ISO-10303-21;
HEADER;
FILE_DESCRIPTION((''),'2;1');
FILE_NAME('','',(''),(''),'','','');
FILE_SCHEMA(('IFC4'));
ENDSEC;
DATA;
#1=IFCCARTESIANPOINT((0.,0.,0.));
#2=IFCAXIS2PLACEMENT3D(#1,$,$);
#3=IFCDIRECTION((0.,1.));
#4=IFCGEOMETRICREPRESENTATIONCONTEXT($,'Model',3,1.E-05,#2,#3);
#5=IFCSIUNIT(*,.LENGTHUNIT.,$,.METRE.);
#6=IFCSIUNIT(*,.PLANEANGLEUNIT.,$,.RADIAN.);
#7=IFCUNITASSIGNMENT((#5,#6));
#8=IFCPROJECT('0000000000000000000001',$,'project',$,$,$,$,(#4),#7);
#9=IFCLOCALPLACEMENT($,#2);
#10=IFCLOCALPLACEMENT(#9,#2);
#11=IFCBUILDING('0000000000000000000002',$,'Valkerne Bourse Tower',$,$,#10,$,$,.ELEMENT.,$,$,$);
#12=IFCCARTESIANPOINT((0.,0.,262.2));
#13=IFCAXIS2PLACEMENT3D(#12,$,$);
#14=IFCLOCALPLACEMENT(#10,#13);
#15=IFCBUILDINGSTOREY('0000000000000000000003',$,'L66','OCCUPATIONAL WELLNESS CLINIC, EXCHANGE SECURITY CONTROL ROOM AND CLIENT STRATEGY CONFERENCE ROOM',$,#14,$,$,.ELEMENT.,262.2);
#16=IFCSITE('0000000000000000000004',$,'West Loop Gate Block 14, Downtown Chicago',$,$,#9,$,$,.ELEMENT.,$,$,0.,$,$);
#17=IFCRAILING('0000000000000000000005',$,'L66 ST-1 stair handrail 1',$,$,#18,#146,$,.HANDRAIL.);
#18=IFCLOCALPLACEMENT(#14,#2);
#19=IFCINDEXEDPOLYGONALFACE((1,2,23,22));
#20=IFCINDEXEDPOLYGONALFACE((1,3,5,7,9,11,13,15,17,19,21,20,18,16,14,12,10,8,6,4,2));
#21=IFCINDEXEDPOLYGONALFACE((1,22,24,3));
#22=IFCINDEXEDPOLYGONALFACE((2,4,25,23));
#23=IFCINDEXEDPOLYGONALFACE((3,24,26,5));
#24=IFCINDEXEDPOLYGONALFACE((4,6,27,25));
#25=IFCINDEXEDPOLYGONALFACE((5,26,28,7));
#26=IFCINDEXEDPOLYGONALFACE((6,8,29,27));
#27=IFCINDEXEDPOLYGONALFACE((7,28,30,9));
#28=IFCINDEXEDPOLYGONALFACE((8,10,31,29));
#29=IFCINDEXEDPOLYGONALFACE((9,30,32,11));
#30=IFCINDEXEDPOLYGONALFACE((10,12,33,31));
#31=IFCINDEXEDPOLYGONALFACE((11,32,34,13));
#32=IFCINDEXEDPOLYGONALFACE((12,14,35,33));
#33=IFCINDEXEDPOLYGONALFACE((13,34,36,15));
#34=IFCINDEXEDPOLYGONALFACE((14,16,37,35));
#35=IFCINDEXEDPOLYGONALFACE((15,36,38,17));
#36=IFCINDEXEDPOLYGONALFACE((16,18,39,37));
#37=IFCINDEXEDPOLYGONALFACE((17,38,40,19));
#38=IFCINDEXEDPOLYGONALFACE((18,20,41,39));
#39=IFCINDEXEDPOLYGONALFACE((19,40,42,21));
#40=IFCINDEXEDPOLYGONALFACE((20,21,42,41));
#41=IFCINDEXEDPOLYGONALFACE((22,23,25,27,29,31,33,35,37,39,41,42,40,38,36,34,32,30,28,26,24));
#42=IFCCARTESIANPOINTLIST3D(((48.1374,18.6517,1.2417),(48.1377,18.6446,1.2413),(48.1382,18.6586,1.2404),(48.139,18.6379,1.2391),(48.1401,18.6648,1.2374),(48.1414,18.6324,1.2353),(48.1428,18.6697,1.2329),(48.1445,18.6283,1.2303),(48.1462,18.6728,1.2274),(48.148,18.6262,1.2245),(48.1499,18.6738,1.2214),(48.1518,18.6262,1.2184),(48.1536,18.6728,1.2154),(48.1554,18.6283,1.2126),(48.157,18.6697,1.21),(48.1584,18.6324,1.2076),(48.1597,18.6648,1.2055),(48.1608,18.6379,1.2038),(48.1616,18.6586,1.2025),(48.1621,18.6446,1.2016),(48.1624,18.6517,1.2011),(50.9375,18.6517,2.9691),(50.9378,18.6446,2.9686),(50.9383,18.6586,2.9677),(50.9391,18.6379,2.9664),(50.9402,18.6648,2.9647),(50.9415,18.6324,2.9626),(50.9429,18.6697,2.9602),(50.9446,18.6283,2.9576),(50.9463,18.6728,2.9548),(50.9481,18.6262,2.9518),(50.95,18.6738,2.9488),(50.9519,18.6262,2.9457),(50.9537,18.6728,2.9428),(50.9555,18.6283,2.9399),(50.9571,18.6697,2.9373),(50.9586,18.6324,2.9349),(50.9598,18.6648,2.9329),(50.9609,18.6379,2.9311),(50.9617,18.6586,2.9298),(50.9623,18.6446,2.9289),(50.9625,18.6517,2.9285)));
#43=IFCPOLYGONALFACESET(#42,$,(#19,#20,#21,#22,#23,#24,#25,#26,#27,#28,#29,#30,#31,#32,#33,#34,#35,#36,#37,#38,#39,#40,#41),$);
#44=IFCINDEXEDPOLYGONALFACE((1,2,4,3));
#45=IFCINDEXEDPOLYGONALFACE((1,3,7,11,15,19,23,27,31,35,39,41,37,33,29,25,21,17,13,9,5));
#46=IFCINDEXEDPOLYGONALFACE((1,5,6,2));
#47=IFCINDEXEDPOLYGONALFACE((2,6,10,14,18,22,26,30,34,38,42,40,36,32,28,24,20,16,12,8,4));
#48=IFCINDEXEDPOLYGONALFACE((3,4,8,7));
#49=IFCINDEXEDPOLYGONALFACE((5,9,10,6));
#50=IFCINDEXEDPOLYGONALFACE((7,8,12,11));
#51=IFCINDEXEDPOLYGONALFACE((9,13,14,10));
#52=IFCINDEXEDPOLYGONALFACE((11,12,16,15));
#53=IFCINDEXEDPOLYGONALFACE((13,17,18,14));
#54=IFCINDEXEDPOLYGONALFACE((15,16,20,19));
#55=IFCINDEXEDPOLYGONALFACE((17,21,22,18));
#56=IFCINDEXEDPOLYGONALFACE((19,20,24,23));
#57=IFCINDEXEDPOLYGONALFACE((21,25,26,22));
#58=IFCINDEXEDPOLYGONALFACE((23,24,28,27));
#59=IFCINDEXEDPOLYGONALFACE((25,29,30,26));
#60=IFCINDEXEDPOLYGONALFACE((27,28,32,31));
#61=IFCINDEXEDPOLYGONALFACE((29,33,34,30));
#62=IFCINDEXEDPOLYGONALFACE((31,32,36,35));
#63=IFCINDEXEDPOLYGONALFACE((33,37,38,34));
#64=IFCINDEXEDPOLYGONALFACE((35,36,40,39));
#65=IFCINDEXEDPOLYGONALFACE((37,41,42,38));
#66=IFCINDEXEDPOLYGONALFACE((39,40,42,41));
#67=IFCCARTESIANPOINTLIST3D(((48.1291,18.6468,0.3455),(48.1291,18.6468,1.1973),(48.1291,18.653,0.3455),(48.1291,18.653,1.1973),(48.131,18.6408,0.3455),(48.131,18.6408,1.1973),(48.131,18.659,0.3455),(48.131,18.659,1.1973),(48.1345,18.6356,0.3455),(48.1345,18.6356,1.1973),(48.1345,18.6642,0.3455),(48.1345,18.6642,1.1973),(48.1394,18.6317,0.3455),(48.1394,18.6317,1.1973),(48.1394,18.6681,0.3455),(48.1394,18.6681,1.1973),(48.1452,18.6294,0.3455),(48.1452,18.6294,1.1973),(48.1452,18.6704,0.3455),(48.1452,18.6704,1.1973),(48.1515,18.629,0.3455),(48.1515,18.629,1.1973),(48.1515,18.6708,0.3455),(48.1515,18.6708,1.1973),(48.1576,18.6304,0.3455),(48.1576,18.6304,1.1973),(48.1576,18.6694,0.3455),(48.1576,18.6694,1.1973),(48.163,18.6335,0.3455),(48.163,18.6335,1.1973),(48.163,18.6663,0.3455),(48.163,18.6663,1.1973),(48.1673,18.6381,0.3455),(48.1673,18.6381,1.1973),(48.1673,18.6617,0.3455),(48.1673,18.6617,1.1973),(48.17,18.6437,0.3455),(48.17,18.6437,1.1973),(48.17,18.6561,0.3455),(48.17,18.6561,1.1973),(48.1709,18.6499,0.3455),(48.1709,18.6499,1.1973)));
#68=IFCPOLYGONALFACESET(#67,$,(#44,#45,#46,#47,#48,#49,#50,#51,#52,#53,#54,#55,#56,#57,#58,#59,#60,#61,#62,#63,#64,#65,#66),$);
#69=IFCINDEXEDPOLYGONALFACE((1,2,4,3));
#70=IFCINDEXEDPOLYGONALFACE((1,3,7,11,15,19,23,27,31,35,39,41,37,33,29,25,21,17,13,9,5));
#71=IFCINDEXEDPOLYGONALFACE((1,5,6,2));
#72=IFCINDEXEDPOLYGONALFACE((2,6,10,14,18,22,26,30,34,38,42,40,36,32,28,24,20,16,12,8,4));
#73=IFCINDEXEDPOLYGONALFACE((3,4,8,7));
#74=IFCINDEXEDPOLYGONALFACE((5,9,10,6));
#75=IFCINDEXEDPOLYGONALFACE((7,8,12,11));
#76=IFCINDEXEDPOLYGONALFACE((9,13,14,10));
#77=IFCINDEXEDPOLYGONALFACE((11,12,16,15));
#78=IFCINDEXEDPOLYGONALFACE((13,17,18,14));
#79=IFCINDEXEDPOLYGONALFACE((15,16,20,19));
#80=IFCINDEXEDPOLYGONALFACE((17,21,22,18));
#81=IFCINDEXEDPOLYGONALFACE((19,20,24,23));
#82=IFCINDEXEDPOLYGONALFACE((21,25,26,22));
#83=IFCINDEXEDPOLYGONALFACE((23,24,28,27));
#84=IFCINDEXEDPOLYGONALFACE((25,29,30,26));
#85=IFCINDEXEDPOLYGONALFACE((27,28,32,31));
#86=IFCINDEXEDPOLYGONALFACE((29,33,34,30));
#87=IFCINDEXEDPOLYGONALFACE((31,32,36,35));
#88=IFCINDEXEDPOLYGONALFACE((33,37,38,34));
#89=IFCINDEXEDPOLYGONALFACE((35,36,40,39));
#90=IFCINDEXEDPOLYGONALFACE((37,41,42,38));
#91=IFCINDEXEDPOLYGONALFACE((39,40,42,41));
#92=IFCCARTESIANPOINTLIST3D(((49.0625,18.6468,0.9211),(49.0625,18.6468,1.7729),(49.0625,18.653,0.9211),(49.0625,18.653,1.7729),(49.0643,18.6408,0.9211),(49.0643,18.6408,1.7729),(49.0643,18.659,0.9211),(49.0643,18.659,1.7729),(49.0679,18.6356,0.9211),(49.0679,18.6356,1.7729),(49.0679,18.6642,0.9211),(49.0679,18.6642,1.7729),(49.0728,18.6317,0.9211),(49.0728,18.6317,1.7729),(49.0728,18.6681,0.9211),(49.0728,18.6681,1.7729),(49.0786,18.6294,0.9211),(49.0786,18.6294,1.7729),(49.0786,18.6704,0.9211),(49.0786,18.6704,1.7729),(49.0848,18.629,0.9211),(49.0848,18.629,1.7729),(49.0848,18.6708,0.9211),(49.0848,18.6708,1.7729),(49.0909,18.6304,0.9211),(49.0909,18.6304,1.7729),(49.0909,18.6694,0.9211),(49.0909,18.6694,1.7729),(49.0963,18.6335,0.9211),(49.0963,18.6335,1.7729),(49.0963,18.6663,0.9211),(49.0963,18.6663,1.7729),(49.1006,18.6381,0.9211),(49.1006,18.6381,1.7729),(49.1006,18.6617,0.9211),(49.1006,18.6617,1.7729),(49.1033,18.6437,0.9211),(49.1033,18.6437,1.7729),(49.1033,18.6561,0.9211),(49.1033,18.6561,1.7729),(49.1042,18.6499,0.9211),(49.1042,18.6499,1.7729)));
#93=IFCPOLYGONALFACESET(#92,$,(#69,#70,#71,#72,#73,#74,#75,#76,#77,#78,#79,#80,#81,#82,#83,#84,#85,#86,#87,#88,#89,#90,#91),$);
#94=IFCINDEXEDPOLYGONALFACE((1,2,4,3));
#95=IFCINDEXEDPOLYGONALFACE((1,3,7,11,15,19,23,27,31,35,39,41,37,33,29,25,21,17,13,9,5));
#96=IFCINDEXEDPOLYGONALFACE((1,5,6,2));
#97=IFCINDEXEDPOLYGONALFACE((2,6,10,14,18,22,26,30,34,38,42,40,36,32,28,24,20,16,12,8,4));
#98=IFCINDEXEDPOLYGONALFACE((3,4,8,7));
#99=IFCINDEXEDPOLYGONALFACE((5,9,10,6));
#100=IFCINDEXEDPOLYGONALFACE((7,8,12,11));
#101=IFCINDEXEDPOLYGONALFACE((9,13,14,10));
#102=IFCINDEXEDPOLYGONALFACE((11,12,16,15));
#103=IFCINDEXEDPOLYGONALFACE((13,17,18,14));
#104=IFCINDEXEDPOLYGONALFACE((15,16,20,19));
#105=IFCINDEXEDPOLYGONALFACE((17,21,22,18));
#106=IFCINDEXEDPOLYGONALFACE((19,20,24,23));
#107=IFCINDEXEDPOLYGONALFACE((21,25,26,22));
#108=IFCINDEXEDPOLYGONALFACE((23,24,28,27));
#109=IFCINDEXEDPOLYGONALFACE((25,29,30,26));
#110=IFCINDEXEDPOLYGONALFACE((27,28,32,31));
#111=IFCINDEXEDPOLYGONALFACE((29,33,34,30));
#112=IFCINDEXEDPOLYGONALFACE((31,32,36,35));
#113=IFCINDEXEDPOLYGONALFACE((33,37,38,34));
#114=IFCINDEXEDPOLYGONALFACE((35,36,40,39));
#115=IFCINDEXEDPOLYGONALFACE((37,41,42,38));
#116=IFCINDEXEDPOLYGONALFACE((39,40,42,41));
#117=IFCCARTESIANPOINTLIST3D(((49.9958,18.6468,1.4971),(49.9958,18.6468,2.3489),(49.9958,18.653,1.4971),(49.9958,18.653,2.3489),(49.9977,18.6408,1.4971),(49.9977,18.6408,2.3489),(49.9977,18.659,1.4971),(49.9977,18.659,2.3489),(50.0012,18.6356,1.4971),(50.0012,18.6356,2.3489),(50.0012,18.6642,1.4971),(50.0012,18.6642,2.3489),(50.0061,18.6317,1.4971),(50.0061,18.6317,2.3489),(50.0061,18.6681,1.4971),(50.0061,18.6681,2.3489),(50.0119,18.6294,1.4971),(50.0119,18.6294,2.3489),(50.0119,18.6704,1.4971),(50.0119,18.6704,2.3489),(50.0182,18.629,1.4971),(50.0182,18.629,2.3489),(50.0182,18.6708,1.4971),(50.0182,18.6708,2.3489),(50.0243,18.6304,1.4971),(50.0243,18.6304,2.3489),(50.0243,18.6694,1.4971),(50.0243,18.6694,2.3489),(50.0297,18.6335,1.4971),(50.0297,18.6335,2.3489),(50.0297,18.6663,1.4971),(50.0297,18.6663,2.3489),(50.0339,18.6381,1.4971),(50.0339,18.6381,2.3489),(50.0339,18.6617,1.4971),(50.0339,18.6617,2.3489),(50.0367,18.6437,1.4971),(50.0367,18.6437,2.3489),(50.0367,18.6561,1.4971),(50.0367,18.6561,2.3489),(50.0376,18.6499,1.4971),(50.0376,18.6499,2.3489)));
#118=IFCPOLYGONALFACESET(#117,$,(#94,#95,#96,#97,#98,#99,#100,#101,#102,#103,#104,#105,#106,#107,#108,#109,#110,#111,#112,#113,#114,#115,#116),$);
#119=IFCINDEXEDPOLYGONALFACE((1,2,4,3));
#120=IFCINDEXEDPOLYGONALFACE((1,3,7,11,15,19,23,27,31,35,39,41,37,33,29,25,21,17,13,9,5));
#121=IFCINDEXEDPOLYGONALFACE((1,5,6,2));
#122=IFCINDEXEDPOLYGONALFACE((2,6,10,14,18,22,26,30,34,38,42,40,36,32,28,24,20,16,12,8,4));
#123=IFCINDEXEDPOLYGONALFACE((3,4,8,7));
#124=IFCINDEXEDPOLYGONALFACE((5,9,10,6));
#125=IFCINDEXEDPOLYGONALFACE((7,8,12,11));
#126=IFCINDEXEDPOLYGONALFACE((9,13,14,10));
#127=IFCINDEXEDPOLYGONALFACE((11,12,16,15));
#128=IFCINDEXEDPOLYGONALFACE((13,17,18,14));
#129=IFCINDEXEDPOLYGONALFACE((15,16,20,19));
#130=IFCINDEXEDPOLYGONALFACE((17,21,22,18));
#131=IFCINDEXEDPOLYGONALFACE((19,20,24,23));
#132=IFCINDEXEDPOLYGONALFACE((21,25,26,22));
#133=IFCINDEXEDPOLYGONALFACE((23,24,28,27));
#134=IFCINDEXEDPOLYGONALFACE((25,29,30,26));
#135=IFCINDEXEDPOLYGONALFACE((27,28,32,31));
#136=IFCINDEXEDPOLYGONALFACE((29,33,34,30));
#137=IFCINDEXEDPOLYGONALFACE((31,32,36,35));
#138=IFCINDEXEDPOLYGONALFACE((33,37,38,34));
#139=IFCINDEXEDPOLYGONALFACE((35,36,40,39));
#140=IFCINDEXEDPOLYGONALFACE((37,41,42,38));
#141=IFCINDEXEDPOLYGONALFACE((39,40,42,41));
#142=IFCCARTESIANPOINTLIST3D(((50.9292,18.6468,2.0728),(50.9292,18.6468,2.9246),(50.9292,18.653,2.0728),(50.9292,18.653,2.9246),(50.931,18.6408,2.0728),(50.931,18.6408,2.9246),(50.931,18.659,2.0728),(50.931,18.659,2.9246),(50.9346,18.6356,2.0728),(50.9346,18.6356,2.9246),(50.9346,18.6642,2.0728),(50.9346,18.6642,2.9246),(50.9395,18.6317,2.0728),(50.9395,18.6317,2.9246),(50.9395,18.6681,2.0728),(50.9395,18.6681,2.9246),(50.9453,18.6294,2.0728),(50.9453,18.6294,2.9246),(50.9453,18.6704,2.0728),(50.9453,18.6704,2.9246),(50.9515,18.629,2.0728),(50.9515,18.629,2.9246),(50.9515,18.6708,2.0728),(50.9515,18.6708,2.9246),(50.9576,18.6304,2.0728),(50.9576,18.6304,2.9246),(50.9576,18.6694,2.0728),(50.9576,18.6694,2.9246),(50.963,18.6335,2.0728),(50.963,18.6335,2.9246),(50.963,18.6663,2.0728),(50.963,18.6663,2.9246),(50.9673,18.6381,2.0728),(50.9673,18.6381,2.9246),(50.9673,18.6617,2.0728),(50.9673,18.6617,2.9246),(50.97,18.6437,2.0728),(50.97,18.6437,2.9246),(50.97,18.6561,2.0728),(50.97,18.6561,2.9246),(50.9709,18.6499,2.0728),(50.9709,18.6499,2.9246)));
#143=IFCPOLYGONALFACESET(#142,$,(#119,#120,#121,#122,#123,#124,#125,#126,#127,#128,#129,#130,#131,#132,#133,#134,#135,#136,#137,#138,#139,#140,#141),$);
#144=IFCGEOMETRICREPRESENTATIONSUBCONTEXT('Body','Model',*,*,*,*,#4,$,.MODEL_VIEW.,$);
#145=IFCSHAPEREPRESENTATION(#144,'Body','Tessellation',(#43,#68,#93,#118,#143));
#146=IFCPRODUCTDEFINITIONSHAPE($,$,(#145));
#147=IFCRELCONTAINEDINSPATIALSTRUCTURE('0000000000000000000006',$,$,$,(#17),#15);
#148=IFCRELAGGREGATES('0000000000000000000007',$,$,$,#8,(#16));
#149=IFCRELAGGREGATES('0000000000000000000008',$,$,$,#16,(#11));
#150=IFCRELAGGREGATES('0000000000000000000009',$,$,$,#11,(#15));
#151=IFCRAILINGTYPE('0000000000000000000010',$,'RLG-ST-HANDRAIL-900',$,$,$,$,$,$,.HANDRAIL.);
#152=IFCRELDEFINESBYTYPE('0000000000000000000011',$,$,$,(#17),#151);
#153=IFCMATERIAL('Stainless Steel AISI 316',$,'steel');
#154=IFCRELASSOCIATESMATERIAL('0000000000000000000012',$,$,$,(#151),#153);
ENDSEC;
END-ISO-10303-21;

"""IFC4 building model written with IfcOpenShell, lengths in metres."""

from ifc_helpers import new_model, si_unit, direction, frame, origin, origin_2d, place, context, subcontext, project, spatial, circle, extrude, material, type_object, element, save


model = new_model("IFC4")

# Units and contexts
model_context = context("Model", 3, precision=1e-05, world=origin(), true_north=direction((0.0, 1.0)))
body_context = subcontext(model_context, "Body", "Model", "MODEL_VIEW")
ifc_project = project(units=[si_unit("LENGTHUNIT", "METRE"), si_unit("PLANEANGLEUNIT", "RADIAN")], contexts=[model_context])

# Site, building, storey
site_placement = place(None, origin())
site = spatial("IfcSite", under=ifc_project, at=site_placement, Name="West Loop Gate Block 14, Downtown Chicago", CompositionType="ELEMENT", RefElevation=0.0)
building_placement = place(site_placement, origin())
building = spatial("IfcBuilding", under=site, at=building_placement, Name="Valkerne Bourse Tower", CompositionType="ELEMENT")
storey_placement = place(building_placement, frame((0.0, 0.0, 262.2)))
storey = spatial("IfcBuildingStorey", under=building, at=storey_placement, Name="L66", Description="OCCUPATIONAL WELLNESS CLINIC, EXCHANGE SECURITY CONTROL ROOM AND CLIENT STRATEGY CONFERENCE ROOM", CompositionType="ELEMENT", Elevation=262.2)

# Railing
ifc_material_1 = material(Name="Stainless Steel AISI 316", Category="steel")
railing_type_1 = type_object("IfcRailingType", Name="RLG-ST-HANDRAIL-900", PredefinedType="HANDRAIL", material=ifc_material_1)
railing_1_placement = place(storey_placement, frame((48.1499, 18.6499, 0.3455)))
element("IfcRailing", 1, at=railing_1_placement, inside=storey, type_object=railing_type_1, Name="L66 ST-1 stair handrail 1", PredefinedType="HANDRAIL", context=body_context, shape_type="SweptSolid", body=[
    extrude(circle(Radius=0.0239, at=origin_2d()), frame((0.0, 0.0, 0.876), z_axis=(0.85109, 0.0, 0.52502), x_axis=(0.0, 1.0, 0.0)), (0.0, 0.0, 1.0), 3.29),
    extrude(circle(Radius=0.021, at=origin_2d()), origin(), (0.0, 0.0, 1.0), 0.8518),
    extrude(circle(Radius=0.021, at=origin_2d()), frame((0.9333, 0.0, 0.5757)), (0.0, 0.0, 1.0), 0.8518),
    extrude(circle(Radius=0.021, at=origin_2d()), frame((1.8667, 0.0, 1.1516)), (0.0, 0.0, 1.0), 0.8518),
    extrude(circle(Radius=0.021, at=origin_2d()), frame((2.8, 0.0, 1.7273)), (0.0, 0.0, 1.0), 0.8518),
])

save(model, "model.ifc")
